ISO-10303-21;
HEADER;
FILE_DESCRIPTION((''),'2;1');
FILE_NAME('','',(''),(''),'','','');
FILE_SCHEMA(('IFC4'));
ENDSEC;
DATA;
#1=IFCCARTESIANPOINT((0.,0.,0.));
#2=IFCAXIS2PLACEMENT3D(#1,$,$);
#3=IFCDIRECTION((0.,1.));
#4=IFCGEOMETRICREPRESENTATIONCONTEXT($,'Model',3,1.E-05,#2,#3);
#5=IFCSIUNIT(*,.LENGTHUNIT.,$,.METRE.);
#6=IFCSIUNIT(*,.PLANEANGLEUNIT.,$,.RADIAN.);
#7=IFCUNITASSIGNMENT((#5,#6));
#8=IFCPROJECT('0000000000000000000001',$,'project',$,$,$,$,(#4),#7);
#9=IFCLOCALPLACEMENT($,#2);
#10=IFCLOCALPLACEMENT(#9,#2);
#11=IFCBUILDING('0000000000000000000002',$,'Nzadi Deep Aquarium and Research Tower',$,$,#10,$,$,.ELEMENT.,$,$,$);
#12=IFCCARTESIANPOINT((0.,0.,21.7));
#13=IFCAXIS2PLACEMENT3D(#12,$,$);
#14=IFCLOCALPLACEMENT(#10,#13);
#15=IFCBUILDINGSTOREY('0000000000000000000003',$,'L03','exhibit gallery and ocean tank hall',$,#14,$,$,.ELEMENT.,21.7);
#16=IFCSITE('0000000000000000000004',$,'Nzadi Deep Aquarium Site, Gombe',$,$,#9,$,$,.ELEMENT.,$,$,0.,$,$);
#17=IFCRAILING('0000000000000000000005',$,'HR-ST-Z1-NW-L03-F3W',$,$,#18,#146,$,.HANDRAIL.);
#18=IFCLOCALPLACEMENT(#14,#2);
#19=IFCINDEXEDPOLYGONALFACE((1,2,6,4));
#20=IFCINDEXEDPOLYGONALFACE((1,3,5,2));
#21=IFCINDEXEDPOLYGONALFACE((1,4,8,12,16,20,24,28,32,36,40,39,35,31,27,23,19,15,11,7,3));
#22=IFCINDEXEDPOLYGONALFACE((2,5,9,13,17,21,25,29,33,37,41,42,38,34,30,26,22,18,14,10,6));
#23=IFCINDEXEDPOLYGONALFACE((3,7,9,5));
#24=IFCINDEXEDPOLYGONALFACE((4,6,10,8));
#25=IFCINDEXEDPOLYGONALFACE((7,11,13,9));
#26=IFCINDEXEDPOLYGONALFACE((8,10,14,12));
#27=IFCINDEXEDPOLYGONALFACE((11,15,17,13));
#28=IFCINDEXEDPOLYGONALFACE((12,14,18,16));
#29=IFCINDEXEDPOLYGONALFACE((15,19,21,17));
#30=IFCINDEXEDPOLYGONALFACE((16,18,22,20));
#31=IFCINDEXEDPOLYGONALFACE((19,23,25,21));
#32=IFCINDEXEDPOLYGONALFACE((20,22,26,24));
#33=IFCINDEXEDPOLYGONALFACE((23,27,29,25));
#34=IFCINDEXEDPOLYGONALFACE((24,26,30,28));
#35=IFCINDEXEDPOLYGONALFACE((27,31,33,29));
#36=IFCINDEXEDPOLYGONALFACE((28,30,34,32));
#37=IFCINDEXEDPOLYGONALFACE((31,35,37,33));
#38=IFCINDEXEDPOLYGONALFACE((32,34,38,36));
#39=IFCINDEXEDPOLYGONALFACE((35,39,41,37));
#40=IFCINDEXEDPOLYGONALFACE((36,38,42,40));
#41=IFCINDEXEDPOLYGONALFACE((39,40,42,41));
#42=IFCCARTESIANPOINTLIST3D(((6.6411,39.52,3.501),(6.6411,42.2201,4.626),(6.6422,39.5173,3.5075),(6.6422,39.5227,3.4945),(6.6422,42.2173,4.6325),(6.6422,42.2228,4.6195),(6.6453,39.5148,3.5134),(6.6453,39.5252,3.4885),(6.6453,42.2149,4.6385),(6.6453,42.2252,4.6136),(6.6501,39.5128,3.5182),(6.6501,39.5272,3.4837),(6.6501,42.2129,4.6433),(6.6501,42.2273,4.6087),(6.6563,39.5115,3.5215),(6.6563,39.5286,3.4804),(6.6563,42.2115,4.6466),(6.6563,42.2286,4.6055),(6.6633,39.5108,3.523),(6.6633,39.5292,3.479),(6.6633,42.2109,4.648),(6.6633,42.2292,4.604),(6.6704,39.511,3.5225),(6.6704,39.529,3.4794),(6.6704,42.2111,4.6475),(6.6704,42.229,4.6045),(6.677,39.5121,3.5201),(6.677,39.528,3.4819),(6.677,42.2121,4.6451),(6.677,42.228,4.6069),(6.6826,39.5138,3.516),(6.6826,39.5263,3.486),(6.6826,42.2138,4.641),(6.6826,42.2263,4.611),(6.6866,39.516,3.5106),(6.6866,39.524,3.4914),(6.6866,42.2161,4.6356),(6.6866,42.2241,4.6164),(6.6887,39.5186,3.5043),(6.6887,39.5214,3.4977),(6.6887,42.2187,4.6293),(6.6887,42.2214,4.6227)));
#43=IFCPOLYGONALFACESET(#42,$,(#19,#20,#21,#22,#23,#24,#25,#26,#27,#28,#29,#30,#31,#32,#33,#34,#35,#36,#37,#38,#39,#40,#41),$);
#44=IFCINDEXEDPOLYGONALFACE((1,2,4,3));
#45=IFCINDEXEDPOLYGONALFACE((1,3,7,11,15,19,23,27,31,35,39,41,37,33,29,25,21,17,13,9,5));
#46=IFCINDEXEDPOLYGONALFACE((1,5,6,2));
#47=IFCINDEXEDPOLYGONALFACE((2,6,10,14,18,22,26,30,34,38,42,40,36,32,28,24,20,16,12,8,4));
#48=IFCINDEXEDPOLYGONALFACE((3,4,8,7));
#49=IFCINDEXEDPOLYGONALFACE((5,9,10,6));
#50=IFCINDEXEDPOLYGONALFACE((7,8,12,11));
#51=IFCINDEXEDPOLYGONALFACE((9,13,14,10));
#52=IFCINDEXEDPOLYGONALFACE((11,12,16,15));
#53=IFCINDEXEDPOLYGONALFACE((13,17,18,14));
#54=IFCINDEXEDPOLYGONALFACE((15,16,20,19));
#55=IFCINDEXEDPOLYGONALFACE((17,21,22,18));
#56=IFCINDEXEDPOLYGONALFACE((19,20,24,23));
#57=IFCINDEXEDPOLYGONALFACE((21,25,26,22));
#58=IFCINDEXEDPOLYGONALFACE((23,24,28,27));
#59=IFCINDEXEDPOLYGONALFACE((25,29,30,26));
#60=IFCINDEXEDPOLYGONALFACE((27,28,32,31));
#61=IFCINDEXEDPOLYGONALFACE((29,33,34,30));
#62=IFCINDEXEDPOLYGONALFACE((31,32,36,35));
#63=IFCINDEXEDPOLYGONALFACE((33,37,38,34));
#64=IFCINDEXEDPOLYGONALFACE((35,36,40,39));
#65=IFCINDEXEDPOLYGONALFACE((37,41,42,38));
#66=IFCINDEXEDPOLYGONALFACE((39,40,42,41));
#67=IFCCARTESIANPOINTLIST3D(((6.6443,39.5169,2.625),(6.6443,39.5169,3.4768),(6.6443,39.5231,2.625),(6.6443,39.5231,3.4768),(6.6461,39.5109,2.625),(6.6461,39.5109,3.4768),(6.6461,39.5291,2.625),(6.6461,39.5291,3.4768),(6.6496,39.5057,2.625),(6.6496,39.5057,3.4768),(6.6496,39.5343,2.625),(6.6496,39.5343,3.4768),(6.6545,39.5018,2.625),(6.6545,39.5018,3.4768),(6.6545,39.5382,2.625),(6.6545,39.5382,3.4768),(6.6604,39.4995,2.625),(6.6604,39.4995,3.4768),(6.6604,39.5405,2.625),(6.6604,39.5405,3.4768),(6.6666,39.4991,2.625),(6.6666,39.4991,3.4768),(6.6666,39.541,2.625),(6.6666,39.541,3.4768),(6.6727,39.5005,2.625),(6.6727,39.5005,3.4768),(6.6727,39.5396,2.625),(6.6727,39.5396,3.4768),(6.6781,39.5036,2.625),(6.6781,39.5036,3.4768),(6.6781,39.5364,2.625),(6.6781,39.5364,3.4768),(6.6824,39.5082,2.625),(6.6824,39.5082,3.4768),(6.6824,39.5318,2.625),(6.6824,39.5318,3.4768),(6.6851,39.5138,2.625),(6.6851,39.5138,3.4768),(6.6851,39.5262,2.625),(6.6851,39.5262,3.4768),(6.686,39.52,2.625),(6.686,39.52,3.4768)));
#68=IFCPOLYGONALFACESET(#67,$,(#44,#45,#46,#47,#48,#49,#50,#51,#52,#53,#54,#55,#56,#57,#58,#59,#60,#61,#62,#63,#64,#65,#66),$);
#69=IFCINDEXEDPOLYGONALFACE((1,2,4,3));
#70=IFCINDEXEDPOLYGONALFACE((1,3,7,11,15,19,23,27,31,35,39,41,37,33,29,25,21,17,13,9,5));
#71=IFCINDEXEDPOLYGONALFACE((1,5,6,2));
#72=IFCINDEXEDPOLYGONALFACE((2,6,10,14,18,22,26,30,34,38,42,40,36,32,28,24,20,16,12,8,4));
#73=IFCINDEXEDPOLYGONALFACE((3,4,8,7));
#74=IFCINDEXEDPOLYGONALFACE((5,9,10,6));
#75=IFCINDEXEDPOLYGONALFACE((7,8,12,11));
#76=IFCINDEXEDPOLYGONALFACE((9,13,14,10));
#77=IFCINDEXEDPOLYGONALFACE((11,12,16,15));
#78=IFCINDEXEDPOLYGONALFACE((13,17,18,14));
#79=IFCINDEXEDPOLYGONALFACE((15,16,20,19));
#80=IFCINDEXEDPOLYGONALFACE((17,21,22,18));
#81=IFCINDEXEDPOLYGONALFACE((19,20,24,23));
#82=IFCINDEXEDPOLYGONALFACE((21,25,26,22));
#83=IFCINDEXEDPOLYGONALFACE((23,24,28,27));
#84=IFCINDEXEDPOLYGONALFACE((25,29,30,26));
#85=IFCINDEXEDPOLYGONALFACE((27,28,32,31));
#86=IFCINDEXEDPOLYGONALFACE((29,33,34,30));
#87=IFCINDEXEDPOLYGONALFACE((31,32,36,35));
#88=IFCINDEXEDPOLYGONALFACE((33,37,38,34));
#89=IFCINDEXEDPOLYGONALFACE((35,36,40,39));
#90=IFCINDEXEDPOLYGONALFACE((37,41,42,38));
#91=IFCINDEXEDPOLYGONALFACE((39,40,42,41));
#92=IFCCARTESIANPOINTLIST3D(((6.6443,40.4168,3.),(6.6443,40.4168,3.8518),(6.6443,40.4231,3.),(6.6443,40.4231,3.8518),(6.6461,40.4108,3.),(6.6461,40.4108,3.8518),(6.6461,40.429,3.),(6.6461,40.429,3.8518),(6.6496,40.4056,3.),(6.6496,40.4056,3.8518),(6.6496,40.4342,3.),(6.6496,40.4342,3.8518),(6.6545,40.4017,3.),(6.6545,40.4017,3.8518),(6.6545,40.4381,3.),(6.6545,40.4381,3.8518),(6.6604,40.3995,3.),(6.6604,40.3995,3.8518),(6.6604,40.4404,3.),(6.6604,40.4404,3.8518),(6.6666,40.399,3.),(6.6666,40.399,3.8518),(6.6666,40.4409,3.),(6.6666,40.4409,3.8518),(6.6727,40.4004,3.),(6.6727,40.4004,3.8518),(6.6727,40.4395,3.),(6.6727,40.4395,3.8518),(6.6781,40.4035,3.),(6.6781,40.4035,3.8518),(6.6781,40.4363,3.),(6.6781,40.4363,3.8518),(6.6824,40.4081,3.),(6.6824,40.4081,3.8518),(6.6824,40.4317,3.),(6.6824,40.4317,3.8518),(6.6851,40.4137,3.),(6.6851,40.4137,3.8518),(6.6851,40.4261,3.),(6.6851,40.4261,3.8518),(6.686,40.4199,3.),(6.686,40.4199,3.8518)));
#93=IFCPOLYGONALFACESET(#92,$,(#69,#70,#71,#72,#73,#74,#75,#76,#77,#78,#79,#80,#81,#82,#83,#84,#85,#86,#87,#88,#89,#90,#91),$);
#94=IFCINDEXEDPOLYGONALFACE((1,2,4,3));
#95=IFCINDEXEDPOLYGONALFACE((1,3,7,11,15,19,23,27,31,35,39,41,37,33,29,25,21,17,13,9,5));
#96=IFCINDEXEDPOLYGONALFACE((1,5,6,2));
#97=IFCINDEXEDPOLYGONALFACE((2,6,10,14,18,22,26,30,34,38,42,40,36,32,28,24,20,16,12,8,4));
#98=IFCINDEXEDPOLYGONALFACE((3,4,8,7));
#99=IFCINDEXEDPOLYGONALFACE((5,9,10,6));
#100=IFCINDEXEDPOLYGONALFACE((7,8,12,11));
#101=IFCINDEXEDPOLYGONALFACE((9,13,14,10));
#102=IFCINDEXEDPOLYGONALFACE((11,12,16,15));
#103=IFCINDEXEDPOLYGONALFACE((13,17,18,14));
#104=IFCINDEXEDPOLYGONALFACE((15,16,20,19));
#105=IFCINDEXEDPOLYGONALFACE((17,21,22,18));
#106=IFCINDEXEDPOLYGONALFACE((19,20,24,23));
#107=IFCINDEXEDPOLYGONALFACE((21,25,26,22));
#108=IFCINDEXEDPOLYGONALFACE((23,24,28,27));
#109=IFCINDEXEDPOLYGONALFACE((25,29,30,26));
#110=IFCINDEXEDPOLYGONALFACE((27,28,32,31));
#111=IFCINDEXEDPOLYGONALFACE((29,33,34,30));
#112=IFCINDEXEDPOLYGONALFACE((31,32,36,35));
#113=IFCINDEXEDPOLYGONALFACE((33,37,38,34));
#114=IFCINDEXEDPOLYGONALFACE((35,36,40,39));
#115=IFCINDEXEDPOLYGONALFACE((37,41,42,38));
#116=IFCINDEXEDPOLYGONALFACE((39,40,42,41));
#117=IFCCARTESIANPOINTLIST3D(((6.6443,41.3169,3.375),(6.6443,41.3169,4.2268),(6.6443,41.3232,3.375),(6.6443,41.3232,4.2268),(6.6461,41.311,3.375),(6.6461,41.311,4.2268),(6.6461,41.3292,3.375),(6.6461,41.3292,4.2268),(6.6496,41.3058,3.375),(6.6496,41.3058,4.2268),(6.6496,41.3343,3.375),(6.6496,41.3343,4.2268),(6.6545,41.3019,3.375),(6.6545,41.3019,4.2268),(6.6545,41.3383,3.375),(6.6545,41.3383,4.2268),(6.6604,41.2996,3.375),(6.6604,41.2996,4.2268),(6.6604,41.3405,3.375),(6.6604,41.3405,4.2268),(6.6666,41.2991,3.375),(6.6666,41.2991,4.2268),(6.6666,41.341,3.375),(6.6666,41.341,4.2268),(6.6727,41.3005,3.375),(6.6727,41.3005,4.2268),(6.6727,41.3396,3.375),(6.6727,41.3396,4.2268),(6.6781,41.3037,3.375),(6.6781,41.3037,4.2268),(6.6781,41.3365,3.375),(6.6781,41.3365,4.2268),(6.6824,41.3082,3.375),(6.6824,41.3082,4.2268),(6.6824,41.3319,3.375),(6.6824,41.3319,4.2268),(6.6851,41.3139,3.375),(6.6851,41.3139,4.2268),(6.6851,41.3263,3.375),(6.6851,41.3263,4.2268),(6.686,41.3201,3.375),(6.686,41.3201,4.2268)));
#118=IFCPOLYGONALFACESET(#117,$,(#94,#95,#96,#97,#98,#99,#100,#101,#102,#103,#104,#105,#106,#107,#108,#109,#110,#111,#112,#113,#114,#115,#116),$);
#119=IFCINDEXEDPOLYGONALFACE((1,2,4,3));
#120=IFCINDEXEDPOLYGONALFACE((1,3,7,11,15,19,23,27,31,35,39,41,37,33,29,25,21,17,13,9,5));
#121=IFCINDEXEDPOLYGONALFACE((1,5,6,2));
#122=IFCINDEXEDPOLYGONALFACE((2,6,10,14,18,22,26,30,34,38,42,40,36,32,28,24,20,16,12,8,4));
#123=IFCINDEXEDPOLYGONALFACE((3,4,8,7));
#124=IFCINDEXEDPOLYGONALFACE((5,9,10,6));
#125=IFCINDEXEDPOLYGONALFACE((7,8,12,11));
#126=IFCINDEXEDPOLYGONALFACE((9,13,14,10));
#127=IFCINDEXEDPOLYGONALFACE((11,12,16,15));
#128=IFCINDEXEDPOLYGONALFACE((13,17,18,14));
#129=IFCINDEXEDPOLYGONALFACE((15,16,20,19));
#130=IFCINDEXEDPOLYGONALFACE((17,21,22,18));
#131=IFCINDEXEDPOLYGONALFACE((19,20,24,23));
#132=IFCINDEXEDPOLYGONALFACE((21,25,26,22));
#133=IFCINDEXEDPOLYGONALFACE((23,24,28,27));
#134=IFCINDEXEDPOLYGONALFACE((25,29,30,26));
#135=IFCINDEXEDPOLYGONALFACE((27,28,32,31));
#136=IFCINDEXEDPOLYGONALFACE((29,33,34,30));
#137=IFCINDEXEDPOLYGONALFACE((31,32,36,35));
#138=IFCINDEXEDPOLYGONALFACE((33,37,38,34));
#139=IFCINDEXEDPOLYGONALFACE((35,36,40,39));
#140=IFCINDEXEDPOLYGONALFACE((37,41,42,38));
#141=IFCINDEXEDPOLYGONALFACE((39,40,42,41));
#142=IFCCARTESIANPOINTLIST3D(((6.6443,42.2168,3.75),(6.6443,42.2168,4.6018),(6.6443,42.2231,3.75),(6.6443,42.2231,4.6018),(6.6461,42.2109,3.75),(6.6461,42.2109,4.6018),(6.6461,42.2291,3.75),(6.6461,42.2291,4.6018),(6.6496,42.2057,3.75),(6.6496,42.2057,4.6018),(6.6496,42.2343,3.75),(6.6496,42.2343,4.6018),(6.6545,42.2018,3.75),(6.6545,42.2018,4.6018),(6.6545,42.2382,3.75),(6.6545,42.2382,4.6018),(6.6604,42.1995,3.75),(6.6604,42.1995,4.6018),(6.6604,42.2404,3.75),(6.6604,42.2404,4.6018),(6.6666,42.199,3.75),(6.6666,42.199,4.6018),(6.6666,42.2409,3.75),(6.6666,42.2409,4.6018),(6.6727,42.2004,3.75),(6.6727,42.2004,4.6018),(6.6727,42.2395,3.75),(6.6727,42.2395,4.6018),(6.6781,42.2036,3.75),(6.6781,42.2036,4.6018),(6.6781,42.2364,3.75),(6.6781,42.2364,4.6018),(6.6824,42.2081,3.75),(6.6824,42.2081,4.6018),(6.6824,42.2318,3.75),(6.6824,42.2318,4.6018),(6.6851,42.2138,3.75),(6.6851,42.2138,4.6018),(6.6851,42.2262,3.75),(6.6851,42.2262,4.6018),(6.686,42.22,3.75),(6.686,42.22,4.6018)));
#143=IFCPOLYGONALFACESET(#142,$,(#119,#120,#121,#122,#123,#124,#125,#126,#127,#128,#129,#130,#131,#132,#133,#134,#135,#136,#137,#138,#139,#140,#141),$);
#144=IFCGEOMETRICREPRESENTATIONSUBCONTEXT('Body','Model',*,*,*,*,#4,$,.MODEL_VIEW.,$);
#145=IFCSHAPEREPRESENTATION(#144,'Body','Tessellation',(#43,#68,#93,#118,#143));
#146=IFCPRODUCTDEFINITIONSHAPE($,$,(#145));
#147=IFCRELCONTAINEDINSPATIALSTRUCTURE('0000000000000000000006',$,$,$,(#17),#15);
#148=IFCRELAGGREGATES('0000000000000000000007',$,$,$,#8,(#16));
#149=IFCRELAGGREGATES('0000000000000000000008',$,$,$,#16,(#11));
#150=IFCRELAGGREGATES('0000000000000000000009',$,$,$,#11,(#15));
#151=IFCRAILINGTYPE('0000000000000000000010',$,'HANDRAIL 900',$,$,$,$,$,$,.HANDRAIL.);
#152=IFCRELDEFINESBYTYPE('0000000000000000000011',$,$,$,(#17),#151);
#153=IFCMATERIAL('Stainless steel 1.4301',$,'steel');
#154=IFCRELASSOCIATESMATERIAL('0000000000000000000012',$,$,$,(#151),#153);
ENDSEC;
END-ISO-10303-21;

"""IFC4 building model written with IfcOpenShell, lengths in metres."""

from ifc_helpers import new_model, si_unit, direction, frame, origin, origin_2d, place, context, subcontext, project, spatial, circle, extrude, material, type_object, element, save


model = new_model("IFC4")

# Units and contexts
model_context = context("Model", 3, precision=1e-05, world=origin(), true_north=direction((0.0, 1.0)))
body_context = subcontext(model_context, "Body", "Model", "MODEL_VIEW")
ifc_project = project(units=[si_unit("LENGTHUNIT", "METRE"), si_unit("PLANEANGLEUNIT", "RADIAN")], contexts=[model_context])

# Site, building, storey
site_placement = place(None, origin())
site = spatial("IfcSite", under=ifc_project, at=site_placement, Name="Nzadi Deep Aquarium Site, Gombe", CompositionType="ELEMENT", RefElevation=0.0)
building_placement = place(site_placement, origin())
building = spatial("IfcBuilding", under=site, at=building_placement, Name="Nzadi Deep Aquarium and Research Tower", CompositionType="ELEMENT")
storey_placement = place(building_placement, frame((0.0, 0.0, 21.7)))
storey = spatial("IfcBuildingStorey", under=building, at=storey_placement, Name="L03", Description="exhibit gallery and ocean tank hall", CompositionType="ELEMENT", Elevation=21.7)

# Railing
ifc_material_1 = material(Name="Stainless steel 1.4301", Category="steel")
railing_type = type_object("IfcRailingType", Name="HANDRAIL 900", PredefinedType="HANDRAIL", material=ifc_material_1)
railing_1_placement = place(storey_placement, frame((6.665, 39.52, 2.625)))
element("IfcRailing", 1, at=railing_1_placement, inside=storey, type_object=railing_type, Name="HR-ST-Z1-NW-L03-F3W", PredefinedType="HANDRAIL", context=body_context, shape_type="SweptSolid", body=[
    extrude(circle(Radius=0.0239, at=origin_2d()), frame((0.0, 0.0, 0.876), z_axis=(0.0, 0.923074, 0.384621), x_axis=(-1.0, 0.0, 0.0)), (0.0, 0.0, 1.0), 2.925),
    extrude(circle(Radius=0.021, at=origin_2d()), origin(), (0.0, 0.0, 1.0), 0.8518),
    extrude(circle(Radius=0.021, at=origin_2d()), frame((0.0, 0.8999, 0.375)), (0.0, 0.0, 1.0), 0.8518),
    extrude(circle(Radius=0.021, at=origin_2d()), frame((0.0, 1.8, 0.75)), (0.0, 0.0, 1.0), 0.8518),
    extrude(circle(Radius=0.021, at=origin_2d()), frame((0.0, 2.7, 1.125)), (0.0, 0.0, 1.0), 0.8518),
])

save(model, "model.ifc")
